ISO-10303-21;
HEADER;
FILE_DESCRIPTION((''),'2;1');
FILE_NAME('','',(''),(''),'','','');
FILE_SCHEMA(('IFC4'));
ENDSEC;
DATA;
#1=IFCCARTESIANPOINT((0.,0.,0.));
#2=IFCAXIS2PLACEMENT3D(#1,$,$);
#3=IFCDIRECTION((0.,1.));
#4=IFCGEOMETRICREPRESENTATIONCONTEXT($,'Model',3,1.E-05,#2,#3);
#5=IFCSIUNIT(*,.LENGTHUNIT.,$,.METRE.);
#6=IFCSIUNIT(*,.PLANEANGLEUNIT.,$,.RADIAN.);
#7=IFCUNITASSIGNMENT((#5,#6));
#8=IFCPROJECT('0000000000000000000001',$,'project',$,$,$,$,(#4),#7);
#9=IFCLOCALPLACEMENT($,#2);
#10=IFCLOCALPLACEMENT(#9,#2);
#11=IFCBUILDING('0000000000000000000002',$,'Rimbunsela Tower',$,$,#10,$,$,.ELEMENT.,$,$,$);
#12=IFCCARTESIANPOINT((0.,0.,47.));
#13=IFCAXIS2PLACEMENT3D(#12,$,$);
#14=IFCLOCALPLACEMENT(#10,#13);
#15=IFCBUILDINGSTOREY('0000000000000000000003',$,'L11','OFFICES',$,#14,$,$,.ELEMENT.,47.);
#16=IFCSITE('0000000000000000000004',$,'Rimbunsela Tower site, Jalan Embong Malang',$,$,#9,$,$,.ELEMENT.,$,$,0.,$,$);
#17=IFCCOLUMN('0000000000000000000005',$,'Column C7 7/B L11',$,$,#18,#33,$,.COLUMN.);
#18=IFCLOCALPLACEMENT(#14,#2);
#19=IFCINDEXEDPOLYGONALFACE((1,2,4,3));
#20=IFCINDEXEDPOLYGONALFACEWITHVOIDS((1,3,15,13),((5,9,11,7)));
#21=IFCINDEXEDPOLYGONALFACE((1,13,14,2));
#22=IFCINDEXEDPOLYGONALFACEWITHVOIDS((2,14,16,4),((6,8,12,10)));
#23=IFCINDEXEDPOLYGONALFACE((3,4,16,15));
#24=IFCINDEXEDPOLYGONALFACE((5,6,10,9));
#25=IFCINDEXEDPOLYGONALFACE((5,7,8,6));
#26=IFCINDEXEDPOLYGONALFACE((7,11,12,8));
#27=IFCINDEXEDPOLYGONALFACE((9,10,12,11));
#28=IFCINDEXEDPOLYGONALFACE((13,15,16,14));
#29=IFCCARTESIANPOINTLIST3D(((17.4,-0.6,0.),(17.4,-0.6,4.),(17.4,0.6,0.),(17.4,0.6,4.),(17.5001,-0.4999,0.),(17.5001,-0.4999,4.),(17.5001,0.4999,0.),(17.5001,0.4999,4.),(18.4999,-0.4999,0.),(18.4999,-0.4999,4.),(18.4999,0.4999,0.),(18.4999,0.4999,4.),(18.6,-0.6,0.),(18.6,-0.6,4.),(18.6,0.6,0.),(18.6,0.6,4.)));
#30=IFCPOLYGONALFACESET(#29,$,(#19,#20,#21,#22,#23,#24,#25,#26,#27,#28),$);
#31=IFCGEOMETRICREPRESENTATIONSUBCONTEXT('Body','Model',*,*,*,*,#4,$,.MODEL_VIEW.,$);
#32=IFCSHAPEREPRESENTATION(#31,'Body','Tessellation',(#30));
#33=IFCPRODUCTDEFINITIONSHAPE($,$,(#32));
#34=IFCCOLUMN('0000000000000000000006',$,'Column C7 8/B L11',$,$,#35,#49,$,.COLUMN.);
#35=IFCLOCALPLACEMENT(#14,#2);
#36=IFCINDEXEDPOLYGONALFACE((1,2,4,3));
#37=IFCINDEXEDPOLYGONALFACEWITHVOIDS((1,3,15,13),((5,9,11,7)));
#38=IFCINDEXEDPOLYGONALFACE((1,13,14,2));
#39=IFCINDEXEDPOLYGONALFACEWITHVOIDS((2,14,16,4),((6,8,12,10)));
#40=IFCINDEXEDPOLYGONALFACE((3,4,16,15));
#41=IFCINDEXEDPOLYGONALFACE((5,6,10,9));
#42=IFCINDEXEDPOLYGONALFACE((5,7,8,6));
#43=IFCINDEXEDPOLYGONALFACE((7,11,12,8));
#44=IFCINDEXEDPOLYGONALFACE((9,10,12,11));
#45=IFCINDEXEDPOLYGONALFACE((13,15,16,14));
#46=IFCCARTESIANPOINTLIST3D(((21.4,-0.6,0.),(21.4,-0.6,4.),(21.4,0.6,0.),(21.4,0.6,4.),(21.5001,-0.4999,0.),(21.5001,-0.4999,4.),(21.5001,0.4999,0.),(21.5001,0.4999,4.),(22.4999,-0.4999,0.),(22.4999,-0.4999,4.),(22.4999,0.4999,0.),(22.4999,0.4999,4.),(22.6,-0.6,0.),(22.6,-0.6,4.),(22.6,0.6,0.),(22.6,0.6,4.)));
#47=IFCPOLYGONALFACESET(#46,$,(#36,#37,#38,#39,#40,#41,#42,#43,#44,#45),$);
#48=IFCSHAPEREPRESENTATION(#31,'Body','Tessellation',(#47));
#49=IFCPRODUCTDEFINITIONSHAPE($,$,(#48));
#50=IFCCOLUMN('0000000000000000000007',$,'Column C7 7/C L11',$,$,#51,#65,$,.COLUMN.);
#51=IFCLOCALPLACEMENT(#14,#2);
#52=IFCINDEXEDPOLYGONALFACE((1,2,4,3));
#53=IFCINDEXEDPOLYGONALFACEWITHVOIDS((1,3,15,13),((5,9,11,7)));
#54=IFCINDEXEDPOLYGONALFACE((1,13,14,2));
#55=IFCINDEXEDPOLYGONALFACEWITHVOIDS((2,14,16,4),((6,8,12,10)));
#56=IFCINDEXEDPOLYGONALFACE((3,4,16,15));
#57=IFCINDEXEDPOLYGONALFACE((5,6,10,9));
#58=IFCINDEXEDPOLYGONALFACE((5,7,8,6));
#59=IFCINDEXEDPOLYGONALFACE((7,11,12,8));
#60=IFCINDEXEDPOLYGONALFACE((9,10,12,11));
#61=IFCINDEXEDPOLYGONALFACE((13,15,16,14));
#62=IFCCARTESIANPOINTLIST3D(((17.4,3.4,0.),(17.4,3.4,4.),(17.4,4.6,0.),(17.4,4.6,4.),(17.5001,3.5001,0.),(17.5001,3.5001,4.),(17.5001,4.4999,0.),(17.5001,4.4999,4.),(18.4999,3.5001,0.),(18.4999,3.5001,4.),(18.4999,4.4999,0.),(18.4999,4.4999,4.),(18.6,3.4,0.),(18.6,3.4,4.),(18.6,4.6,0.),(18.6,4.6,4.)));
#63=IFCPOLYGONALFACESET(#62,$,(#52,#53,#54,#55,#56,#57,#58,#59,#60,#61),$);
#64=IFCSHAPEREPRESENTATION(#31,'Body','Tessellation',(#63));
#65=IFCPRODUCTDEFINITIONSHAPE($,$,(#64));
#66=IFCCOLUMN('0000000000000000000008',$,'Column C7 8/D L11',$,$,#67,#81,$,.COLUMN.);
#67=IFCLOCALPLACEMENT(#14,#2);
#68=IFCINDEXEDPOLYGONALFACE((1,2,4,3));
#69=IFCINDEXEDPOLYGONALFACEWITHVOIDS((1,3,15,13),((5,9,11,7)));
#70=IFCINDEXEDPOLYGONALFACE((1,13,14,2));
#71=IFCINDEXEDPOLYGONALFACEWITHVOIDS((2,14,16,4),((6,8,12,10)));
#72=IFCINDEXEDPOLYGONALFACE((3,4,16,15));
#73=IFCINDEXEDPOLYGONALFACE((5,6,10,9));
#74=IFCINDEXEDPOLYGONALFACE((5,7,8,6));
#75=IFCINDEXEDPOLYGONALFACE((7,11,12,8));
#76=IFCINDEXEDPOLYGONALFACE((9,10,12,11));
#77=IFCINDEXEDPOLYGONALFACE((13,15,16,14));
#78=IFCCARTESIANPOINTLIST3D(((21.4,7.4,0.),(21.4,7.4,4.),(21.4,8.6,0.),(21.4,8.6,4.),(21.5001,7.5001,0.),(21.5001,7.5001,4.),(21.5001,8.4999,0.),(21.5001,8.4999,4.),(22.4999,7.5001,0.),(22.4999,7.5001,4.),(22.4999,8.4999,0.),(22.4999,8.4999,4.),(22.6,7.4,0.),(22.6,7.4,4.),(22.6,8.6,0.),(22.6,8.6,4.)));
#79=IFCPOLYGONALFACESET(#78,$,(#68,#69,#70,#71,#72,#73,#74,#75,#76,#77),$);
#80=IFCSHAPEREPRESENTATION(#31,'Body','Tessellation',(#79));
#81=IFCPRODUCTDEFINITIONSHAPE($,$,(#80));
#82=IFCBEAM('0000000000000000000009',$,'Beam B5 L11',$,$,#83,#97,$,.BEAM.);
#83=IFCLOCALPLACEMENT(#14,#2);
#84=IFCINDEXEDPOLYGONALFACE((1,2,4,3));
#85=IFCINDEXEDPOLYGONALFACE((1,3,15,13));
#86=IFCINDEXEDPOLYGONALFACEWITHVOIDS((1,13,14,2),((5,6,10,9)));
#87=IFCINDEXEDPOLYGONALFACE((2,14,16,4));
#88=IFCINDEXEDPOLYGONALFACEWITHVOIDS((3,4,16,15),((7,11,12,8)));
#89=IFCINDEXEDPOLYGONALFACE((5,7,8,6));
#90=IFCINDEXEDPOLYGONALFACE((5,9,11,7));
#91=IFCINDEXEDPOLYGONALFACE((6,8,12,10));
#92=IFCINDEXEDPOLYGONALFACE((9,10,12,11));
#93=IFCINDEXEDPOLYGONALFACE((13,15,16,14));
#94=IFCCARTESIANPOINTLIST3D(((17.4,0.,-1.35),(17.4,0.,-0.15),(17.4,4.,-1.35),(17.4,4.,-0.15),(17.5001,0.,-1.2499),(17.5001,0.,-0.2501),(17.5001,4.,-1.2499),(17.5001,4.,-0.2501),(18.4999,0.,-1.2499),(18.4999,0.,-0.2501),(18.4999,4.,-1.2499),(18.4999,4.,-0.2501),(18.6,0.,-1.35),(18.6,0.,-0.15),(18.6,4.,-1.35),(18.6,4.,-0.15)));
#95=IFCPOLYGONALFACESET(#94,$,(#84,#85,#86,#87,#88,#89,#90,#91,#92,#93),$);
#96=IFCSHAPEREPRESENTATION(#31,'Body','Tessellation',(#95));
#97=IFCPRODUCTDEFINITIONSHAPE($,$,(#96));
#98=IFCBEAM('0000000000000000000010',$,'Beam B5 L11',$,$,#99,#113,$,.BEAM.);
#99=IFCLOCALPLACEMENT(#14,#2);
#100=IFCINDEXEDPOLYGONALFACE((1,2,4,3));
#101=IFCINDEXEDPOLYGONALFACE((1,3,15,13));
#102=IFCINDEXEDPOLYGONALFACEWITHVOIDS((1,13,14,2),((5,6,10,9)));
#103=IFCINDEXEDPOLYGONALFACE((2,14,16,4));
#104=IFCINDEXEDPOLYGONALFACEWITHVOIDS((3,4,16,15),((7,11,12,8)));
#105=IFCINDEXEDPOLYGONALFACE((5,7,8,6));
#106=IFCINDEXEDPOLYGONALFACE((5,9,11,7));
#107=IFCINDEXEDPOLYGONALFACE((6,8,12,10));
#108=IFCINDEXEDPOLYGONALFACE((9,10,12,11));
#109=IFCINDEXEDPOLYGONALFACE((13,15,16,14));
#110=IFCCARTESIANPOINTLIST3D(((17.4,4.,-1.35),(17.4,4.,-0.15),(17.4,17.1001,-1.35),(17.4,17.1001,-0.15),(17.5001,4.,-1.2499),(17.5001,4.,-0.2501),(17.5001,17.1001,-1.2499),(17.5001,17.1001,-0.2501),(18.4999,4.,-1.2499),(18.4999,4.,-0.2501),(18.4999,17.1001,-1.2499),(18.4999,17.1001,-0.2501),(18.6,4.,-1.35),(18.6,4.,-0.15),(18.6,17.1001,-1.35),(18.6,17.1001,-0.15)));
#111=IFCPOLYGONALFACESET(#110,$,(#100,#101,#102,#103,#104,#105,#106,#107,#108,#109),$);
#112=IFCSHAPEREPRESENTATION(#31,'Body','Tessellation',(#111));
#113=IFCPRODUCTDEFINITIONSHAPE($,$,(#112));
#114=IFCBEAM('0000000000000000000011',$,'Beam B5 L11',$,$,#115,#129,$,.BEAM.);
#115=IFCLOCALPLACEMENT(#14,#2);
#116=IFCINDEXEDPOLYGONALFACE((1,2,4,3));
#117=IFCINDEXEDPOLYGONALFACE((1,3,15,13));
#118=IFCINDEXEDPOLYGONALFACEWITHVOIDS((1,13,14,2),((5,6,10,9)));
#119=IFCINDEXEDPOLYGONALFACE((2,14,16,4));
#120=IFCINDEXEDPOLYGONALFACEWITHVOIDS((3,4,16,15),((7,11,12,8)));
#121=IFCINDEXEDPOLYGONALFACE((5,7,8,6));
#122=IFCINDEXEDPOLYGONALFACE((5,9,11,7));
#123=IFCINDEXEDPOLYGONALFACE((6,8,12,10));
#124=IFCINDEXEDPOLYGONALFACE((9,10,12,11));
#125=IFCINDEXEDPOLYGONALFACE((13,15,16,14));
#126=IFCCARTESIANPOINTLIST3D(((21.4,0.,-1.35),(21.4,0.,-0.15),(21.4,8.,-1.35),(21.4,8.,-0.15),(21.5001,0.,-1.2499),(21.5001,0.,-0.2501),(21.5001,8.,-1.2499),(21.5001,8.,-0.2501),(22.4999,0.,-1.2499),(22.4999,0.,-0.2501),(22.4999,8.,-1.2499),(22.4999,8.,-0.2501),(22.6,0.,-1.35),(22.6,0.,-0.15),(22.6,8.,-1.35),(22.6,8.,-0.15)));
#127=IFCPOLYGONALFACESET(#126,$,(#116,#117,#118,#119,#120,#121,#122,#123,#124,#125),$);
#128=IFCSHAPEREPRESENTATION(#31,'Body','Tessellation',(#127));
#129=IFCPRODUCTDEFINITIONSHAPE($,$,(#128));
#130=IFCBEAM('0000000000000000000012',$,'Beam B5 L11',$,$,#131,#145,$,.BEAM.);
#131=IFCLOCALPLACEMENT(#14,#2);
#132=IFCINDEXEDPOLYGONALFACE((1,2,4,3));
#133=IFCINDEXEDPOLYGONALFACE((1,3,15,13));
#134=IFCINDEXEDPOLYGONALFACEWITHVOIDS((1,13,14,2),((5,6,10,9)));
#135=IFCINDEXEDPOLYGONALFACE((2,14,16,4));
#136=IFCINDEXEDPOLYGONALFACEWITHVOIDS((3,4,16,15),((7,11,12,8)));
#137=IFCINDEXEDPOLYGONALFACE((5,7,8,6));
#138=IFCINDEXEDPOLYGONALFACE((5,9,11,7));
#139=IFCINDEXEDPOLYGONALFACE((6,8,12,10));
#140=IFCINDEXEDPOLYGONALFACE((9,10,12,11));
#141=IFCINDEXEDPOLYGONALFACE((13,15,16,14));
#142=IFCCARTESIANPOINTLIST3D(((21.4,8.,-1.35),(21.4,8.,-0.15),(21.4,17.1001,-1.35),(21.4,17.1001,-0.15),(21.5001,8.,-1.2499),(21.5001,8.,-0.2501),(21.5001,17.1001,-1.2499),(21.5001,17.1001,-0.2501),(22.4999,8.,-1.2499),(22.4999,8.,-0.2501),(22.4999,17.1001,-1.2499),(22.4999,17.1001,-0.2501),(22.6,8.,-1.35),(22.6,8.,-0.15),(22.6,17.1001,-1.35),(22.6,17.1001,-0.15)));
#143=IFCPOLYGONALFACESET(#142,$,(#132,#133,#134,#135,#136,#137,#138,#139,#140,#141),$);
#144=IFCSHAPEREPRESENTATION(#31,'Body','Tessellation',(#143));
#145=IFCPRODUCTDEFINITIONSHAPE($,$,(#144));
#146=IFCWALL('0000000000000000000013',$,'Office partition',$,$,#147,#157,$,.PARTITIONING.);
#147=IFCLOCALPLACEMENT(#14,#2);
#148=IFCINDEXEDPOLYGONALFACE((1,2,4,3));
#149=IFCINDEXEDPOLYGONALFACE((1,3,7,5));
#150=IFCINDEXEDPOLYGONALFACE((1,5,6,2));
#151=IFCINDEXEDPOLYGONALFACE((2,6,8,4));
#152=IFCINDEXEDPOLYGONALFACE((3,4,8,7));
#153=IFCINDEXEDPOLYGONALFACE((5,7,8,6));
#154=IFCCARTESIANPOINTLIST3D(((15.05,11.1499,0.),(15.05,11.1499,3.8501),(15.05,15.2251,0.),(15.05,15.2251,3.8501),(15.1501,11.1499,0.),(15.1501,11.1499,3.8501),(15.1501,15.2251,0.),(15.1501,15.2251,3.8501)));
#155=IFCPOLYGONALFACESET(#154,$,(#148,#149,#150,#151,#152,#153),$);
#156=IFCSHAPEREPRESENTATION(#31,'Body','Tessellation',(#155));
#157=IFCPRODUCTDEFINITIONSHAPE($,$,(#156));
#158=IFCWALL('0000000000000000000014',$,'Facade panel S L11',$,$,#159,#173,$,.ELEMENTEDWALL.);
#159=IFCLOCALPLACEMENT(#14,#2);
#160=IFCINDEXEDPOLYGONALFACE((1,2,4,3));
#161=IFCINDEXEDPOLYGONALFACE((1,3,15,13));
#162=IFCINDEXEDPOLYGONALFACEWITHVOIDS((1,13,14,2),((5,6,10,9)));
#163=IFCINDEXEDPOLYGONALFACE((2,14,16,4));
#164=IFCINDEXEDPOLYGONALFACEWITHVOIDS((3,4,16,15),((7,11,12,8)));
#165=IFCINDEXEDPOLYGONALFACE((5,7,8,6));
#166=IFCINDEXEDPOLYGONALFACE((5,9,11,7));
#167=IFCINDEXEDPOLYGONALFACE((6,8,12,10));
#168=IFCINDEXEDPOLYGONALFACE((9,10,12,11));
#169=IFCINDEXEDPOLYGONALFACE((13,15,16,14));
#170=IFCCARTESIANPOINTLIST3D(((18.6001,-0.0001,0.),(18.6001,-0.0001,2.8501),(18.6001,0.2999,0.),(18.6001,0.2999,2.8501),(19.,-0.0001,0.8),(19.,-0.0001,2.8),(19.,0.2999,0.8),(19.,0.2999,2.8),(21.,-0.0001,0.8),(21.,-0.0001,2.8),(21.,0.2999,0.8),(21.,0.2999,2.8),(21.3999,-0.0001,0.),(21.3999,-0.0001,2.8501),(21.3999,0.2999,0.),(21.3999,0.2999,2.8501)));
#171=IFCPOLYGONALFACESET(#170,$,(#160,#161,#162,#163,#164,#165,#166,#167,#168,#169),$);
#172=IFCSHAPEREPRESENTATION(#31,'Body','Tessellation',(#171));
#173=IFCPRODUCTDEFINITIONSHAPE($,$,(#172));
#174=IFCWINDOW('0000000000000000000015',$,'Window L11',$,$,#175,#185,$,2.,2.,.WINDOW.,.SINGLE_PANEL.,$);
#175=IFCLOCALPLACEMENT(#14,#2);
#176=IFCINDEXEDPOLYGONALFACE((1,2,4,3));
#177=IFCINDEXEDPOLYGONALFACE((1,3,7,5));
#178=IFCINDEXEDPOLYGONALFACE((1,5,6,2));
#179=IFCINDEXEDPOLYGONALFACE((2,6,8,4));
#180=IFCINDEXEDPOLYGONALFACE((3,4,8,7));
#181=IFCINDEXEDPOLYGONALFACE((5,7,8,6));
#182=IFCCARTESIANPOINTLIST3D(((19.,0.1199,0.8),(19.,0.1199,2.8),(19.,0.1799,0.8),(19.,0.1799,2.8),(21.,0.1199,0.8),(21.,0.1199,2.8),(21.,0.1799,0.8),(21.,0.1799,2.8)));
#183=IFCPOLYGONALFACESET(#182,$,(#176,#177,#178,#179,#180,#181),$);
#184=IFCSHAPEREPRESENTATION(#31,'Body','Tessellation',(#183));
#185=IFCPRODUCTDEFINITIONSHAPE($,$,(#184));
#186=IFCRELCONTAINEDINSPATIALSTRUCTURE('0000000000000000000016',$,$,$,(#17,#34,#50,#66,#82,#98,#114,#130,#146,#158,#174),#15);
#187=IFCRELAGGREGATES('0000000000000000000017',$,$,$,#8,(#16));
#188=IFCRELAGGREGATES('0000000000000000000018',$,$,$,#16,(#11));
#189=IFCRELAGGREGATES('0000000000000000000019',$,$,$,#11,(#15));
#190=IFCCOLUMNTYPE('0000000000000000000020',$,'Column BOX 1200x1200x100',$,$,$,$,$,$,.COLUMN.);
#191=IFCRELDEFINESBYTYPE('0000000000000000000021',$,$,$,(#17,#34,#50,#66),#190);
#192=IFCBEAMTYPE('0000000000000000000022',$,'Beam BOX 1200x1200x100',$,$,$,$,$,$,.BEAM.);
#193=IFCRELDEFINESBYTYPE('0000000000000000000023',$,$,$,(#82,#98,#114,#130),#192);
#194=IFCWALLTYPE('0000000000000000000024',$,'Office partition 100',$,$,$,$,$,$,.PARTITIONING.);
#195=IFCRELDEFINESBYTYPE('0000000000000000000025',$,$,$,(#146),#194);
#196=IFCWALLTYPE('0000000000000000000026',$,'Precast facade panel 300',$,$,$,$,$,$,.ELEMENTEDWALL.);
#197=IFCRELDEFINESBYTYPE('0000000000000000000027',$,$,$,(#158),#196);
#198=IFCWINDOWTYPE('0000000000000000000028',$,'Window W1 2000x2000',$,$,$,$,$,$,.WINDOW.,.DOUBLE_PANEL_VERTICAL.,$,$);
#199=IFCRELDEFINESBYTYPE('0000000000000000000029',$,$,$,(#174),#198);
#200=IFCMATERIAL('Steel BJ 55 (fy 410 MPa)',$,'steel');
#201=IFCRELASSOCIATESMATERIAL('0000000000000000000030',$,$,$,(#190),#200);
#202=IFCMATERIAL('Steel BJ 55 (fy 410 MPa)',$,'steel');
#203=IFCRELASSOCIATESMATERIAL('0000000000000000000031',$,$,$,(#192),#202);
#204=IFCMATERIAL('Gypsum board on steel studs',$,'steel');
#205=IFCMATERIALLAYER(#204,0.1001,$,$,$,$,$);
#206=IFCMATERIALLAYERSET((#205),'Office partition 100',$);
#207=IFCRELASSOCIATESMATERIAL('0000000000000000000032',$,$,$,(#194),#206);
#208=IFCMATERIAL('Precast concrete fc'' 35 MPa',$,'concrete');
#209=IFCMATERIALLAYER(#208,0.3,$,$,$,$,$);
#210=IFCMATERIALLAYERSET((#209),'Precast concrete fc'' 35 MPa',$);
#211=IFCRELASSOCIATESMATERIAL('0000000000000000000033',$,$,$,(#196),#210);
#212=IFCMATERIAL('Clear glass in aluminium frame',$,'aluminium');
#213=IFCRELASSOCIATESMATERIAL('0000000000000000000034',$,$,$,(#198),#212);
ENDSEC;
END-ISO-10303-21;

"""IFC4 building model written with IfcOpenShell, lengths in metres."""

from ifc_helpers import new_model, si_unit, direction, frame, frame_2d, origin, origin_2d, place, context, subcontext, project, spatial, rectangle, hollow_rectangle, extrude, material, layer, layer_set, material_profile, profile_set, type_object, element, fill, save


model = new_model("IFC4")

# Units and contexts
model_context = context("Model", 3, precision=1e-05, world=origin(), true_north=direction((0.0, 1.0)))
body_context = subcontext(model_context, "Body", "Model", "MODEL_VIEW")
ifc_project = project(units=[si_unit("LENGTHUNIT", "METRE"), si_unit("PLANEANGLEUNIT", "RADIAN")], contexts=[model_context])

# Site, building, storey
site_placement = place(None, origin())
site = spatial("IfcSite", under=ifc_project, at=site_placement, Name="Rimbunsela Tower site, Jalan Embong Malang", CompositionType="ELEMENT", RefElevation=0.0)
building_placement = place(site_placement, origin())
building = spatial("IfcBuilding", under=site, at=building_placement, Name="Rimbunsela Tower", CompositionType="ELEMENT")
storey_placement = place(building_placement, frame((0.0, 0.0, 47.0)))
storey = spatial("IfcBuildingStorey", under=building, at=storey_placement, Name="L11", Description="OFFICES", CompositionType="ELEMENT", Elevation=47.0)

# Columns
ifc_material_1 = material(Name="Steel BJ 55 (fy 410 MPa)", Category="steel")
ifc_material_profile_1 = material_profile(ifc_material_1, hollow_rectangle(XDim=1.2, YDim=1.2, WallThickness=0.1001, at=origin_2d()), Name="BOX 1200x1200x100")
ifc_profile_set_1 = profile_set([ifc_material_profile_1], Name="Steel BJ 55 (fy 410 MPa)")
column_type = type_object("IfcColumnType", Name="Column BOX 1200x1200x100", PredefinedType="COLUMN", material=ifc_profile_set_1)
for number, where, z_axis, x_axis, name in (
    (1, (18.0, 0.0, 0.0), (0.0, 0.0, 1.0), (1.0, 0.0, 0.0), "Column C7 7/B L11"),
    (2, (22.0, 0.0, 0.0), (0.0, 0.0, 1.0), (1.0, 0.0, 0.0), "Column C7 8/B L11"),
    (3, (18.0, 4.0, 0.0), (0.0, 0.0, 1.0), (1.0, 0.0, 0.0), "Column C7 7/C L11"),
    (4, (22.0, 8.0, 0.0), (0.0, 0.0, 1.0), (1.0, 0.0, 0.0), "Column C7 8/D L11"),
):
    element("IfcColumn", number, at=place(storey_placement, frame(where, z_axis=z_axis, x_axis=x_axis)), inside=storey, type_object=column_type, Name=name, PredefinedType="COLUMN", context=body_context, shape_type="SweptSolid", body=[
        extrude(hollow_rectangle(XDim=1.2, YDim=1.2, WallThickness=0.1001, at=origin_2d()), origin(), (0.0, 0.0, 1.0), 4.0),
    ])

# Beams
ifc_material_2 = material(Name="Steel BJ 55 (fy 410 MPa)", Category="steel")
ifc_material_profile_2 = material_profile(ifc_material_2, hollow_rectangle(XDim=1.2, YDim=1.2, WallThickness=0.1001, at=origin_2d()), Name="BOX 1200x1200x100")
ifc_profile_set_2 = profile_set([ifc_material_profile_2], Name="Steel BJ 55 (fy 410 MPa)")
beam_type = type_object("IfcBeamType", Name="Beam BOX 1200x1200x100", PredefinedType="BEAM", material=ifc_profile_set_2)
beam_1_placement = place(storey_placement, frame((18.0, 0.0, -0.75), z_axis=(0.0, 1.0, 0.0), x_axis=(-1.0, 0.0, 0.0)))
element("IfcBeam", 5, at=beam_1_placement, inside=storey, type_object=beam_type, Name="Beam B5 L11", PredefinedType="BEAM", context=body_context, shape_type="SweptSolid", body=[
    extrude(hollow_rectangle(XDim=1.2, YDim=1.2, WallThickness=0.1001, at=origin_2d()), origin(), (0.0, 0.0, 1.0), 4.0),
])
beam_2_placement = place(storey_placement, frame((18.0, 4.0, -0.75), z_axis=(0.0, 1.0, 0.0), x_axis=(-1.0, 0.0, 0.0)))
element("IfcBeam", 6, at=beam_2_placement, inside=storey, type_object=beam_type, Name="Beam B5 L11", PredefinedType="BEAM", context=body_context, shape_type="SweptSolid", body=[
    extrude(hollow_rectangle(XDim=1.2, YDim=1.2, WallThickness=0.1001, at=origin_2d()), origin(), (0.0, 0.0, 1.0), 13.1001),
])
beam_3_placement = place(storey_placement, frame((22.0, 0.0, -0.75), z_axis=(0.0, 1.0, 0.0), x_axis=(-1.0, 0.0, 0.0)))
element("IfcBeam", 7, at=beam_3_placement, inside=storey, type_object=beam_type, Name="Beam B5 L11", PredefinedType="BEAM", context=body_context, shape_type="SweptSolid", body=[
    extrude(hollow_rectangle(XDim=1.2, YDim=1.2, WallThickness=0.1001, at=origin_2d()), origin(), (0.0, 0.0, 1.0), 8.0),
])
beam_4_placement = place(storey_placement, frame((22.0, 8.0, -0.75), z_axis=(0.0, 1.0, 0.0), x_axis=(-1.0, 0.0, 0.0)))
element("IfcBeam", 8, at=beam_4_placement, inside=storey, type_object=beam_type, Name="Beam B5 L11", PredefinedType="BEAM", context=body_context, shape_type="SweptSolid", body=[
    extrude(hollow_rectangle(XDim=1.2, YDim=1.2, WallThickness=0.1001, at=origin_2d()), origin(), (0.0, 0.0, 1.0), 9.1001),
])

# Wall
ifc_material_3 = material(Name="Gypsum board on steel studs", Category="steel")
ifc_layer_1 = layer(ifc_material_3, 0.1001)
ifc_layer_set_1 = layer_set([ifc_layer_1], Name="Office partition 100")
wall_type_1 = type_object("IfcWallType", Name="Office partition 100", PredefinedType="PARTITIONING", material=ifc_layer_set_1)
wall_1_placement = place(storey_placement, frame((15.1001, 11.1499, 0.0), z_axis=(0.0, 0.0, 1.0), x_axis=(0.0, 1.0, 0.0)))
element("IfcWall", 9, at=wall_1_placement, inside=storey, type_object=wall_type_1, Name="Office partition", PredefinedType="PARTITIONING", context=body_context, shape_type="SweptSolid", body=[
    extrude(rectangle(XDim=4.0752, YDim=0.1001, at=frame_2d((2.0376, 0.0))), origin(), (0.0, 0.0, 1.0), 3.8501),
])

# Wall, opening, window
ifc_material_4 = material(Name="Precast concrete fc' 35 MPa", Category="concrete")
ifc_layer_2 = layer(ifc_material_4, 0.3)
ifc_layer_set_2 = layer_set([ifc_layer_2], Name="Precast concrete fc' 35 MPa")
wall_type_2 = type_object("IfcWallType", Name="Precast facade panel 300", PredefinedType="ELEMENTEDWALL", material=ifc_layer_set_2)
wall_2_placement = place(storey_placement, frame((18.6001, 0.1499, 0.0), z_axis=(0.0, 0.0, 1.0), x_axis=(1.0, 0.0, 0.0)))
wall_2 = element("IfcWall", 10, at=wall_2_placement, inside=storey, type_object=wall_type_2, Name="Facade panel S L11", PredefinedType="ELEMENTEDWALL", context=body_context, shape_type="SweptSolid", body=[
    extrude(rectangle(XDim=2.7998, YDim=0.3, at=frame_2d((1.3999, 0.0))), origin(), (0.0, 0.0, 1.0), 2.8501),
])
opening_1_placement = place(wall_2_placement, frame((0.3999, 0.0, 0.8)))
opening_1 = element("IfcOpeningElement", 11, at=opening_1_placement, cuts=wall_2, PredefinedType="OPENING", context=body_context, shape_type="SweptSolid", body=[
    extrude(rectangle(XDim=2.0, YDim=2.0, at=frame_2d((1.0, 1.0))), frame((0.0, 0.1599, 0.0), z_axis=(0.0, -1.0, 0.0), x_axis=(1.0, 0.0, 0.0)), (0.0, 0.0, 1.0), 0.3201),
])
ifc_material_5 = material(Name="Clear glass in aluminium frame", Category="aluminium")
window_type = type_object("IfcWindowType", Name="Window W1 2000x2000", PartitioningType="DOUBLE_PANEL_VERTICAL", PredefinedType="WINDOW", material=ifc_material_5)
window_1_placement = place(opening_1_placement, origin())
window_1 = element("IfcWindow", 12, at=window_1_placement, inside=storey, type_object=window_type, Name="Window L11", OverallHeight=2.0, OverallWidth=2.0, PartitioningType="SINGLE_PANEL", PredefinedType="WINDOW", context=body_context, shape_type="SweptSolid", body=[
    extrude(rectangle(XDim=2.0, YDim=2.0, at=frame_2d((1.0, 1.0))), frame((0.0, 0.03, 0.0), z_axis=(0.0, -1.0, 0.0), x_axis=(1.0, 0.0, 0.0)), (0.0, 0.0, 1.0), 0.0601),
])
fill(opening_1, window_1)

save(model, "model.ifc")
